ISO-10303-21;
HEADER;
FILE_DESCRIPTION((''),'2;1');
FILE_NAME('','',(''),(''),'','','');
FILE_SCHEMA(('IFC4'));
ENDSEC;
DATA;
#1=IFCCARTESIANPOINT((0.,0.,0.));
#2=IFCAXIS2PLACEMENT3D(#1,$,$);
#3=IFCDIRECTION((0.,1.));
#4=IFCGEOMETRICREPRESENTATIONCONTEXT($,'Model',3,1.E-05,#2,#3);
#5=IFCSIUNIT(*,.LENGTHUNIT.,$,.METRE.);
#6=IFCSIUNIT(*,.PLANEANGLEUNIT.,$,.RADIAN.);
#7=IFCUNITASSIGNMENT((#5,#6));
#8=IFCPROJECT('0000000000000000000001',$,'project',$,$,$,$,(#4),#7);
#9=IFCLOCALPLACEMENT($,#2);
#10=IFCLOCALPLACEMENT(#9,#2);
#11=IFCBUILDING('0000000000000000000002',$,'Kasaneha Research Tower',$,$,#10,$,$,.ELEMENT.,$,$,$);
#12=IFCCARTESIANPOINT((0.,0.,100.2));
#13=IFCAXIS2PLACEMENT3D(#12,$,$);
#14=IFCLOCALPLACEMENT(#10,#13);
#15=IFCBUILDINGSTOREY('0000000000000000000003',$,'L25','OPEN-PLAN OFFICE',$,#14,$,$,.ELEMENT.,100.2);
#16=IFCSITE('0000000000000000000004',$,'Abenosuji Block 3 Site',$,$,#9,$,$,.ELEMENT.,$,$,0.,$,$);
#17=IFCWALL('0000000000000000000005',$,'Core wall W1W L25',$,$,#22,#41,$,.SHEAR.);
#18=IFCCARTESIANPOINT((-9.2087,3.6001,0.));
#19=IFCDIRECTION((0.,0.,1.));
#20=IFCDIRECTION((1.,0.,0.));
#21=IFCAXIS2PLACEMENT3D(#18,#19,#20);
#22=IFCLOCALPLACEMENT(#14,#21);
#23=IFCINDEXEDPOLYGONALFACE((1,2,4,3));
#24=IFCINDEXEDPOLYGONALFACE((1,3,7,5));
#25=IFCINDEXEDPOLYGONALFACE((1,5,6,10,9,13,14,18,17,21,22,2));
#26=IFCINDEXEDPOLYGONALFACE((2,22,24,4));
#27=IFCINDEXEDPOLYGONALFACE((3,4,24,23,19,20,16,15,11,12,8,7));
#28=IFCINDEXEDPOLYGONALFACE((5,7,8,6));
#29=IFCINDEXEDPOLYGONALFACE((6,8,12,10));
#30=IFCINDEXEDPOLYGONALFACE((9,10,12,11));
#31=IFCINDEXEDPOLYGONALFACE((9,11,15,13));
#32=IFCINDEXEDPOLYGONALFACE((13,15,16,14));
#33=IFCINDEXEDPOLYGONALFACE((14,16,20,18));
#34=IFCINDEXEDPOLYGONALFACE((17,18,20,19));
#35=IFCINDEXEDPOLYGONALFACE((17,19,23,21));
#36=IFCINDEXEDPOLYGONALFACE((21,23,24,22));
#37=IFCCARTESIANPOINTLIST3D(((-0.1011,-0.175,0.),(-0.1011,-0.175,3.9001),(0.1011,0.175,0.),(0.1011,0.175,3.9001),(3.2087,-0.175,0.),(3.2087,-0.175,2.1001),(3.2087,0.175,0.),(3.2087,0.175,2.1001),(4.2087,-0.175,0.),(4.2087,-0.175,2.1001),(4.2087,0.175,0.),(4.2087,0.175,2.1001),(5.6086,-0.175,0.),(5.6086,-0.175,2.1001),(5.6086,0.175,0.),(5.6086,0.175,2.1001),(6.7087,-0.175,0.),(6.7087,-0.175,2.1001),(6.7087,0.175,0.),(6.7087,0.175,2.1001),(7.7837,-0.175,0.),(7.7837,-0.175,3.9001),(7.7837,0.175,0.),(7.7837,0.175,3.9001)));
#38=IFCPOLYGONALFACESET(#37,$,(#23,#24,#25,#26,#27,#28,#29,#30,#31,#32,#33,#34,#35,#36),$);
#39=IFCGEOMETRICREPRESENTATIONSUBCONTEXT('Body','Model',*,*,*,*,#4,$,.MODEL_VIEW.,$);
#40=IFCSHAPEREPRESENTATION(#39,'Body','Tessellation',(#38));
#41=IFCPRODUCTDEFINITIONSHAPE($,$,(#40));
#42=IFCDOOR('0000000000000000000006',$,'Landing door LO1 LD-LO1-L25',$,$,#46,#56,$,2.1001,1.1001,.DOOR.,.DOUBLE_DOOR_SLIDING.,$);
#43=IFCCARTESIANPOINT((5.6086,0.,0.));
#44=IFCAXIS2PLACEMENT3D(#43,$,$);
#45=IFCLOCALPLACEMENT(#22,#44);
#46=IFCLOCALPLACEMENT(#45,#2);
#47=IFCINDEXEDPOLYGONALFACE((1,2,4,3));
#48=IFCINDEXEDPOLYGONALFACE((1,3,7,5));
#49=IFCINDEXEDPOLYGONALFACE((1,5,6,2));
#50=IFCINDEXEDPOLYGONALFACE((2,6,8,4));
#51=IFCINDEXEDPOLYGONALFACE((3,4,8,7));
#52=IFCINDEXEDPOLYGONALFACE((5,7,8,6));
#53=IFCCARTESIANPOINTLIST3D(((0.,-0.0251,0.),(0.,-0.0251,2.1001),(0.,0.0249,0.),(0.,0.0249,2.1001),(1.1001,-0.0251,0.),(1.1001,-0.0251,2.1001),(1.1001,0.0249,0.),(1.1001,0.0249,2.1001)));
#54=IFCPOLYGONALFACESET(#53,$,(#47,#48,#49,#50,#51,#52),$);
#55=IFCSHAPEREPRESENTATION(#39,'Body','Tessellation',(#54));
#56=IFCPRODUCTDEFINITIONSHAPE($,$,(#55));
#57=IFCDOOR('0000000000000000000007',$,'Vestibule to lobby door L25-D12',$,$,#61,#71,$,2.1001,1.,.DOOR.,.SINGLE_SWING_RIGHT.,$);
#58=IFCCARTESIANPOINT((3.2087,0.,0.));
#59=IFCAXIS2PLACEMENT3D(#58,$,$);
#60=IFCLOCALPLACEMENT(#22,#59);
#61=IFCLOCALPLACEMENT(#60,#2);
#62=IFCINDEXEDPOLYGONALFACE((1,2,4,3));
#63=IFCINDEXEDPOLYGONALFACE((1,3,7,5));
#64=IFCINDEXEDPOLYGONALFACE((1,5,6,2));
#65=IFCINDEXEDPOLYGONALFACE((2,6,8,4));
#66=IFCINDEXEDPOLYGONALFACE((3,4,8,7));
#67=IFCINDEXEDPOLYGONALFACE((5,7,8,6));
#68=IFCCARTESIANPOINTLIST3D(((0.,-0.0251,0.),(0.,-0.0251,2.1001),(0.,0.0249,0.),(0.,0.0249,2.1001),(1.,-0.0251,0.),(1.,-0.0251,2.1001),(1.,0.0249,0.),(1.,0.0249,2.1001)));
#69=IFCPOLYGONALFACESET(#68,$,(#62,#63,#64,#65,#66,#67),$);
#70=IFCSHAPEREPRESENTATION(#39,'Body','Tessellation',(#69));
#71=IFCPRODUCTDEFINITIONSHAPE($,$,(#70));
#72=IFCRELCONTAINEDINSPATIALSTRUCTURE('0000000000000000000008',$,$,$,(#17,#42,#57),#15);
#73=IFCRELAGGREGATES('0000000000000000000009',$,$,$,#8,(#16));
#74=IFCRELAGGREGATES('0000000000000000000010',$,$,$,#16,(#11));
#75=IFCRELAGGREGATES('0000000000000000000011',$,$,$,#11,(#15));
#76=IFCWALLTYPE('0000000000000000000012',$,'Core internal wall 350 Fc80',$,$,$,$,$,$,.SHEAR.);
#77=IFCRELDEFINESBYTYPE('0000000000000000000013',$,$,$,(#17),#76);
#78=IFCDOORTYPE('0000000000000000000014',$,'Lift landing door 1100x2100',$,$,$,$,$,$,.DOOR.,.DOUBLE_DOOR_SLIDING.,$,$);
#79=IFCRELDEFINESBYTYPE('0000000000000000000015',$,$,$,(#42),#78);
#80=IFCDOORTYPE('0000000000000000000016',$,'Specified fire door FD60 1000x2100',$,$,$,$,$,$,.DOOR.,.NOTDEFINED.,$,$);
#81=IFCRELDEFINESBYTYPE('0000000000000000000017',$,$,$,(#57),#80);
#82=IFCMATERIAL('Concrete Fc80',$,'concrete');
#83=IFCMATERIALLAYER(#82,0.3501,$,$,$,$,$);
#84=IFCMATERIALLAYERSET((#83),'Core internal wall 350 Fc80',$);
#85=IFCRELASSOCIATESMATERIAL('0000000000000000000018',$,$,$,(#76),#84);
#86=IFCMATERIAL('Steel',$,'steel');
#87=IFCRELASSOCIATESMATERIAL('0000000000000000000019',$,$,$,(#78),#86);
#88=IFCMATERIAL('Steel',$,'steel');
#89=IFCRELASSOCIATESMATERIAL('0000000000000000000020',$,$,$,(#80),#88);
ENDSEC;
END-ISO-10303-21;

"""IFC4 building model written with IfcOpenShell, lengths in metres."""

from ifc_helpers import new_model, si_unit, direction, frame, frame_2d, origin, place, context, subcontext, project, spatial, polyline, rectangle, outline, extrude, material, layer, layer_set, type_object, element, fill, save


model = new_model("IFC4")

# Units and contexts
model_context = context("Model", 3, precision=1e-05, world=origin(), true_north=direction((0.0, 1.0)))
body_context = subcontext(model_context, "Body", "Model", "MODEL_VIEW")
ifc_project = project(units=[si_unit("LENGTHUNIT", "METRE"), si_unit("PLANEANGLEUNIT", "RADIAN")], contexts=[model_context])

# Site, building, storey
site_placement = place(None, origin())
site = spatial("IfcSite", under=ifc_project, at=site_placement, Name="Abenosuji Block 3 Site", CompositionType="ELEMENT", RefElevation=0.0)
building_placement = place(site_placement, origin())
building = spatial("IfcBuilding", under=site, at=building_placement, Name="Kasaneha Research Tower", CompositionType="ELEMENT")
storey_placement = place(building_placement, frame((0.0, 0.0, 100.2)))
storey = spatial("IfcBuildingStorey", under=building, at=storey_placement, Name="L25", Description="OPEN-PLAN OFFICE", CompositionType="ELEMENT", Elevation=100.2)

# Wall, openings, doors
ifc_material_1 = material(Name="Concrete Fc80", Category="concrete")
ifc_layer_1 = layer(ifc_material_1, 0.3501)
ifc_layer_set_1 = layer_set([ifc_layer_1], Name="Core internal wall 350 Fc80")
wall_type_1 = type_object("IfcWallType", Name="Core internal wall 350 Fc80", PredefinedType="SHEAR", material=ifc_layer_set_1)
wall_1_placement = place(storey_placement, frame((-9.2087, 3.6001, 0.0), z_axis=(0.0, 0.0, 1.0), x_axis=(1.0, 0.0, 0.0)))
wall_1 = element("IfcWall", 1, at=wall_1_placement, inside=storey, type_object=wall_type_1, Name="Core wall W1W L25", PredefinedType="SHEAR", context=body_context, shape_type="SweptSolid", body=[
    extrude(outline(polyline([(-0.1011, -0.175), (3.2087, -0.175), (4.2087, -0.175), (5.6086, -0.175), (6.7087, -0.175), (7.7837, -0.175), (7.7837, 0.175), (6.7087, 0.175), (5.6086, 0.175), (4.2087, 0.175), (3.2087, 0.175), (0.1011, 0.175), (-0.1011, -0.175)])), origin(), (0.0, 0.0, 1.0), 3.9001),
])
opening_1_placement = place(wall_1_placement, frame((3.2087, 0.0, 0.0)))
opening_1 = element("IfcOpeningElement", 2, at=opening_1_placement, cuts=wall_1, PredefinedType="OPENING", context=body_context, shape_type="SweptSolid", body=[
    extrude(rectangle(XDim=1.0, YDim=2.1001, at=frame_2d((0.5, 1.05))), frame((0.0, 0.1851, 0.0), z_axis=(0.0, -1.0, 0.0), x_axis=(1.0, 0.0, 0.0)), (0.0, 0.0, 1.0), 0.3701),
])
opening_2_placement = place(wall_1_placement, frame((5.6086, 0.0, 0.0)))
opening_2 = element("IfcOpeningElement", 3, at=opening_2_placement, cuts=wall_1, PredefinedType="OPENING", context=body_context, shape_type="SweptSolid", body=[
    extrude(rectangle(XDim=1.1001, YDim=2.1001, at=frame_2d((0.55, 1.05))), frame((0.0, 0.1851, 0.0), z_axis=(0.0, -1.0, 0.0), x_axis=(1.0, 0.0, 0.0)), (0.0, 0.0, 1.0), 0.3701),
])
ifc_material_2 = material(Name="Steel", Category="steel")
door_type_1 = type_object("IfcDoorType", Name="Lift landing door 1100x2100", OperationType="DOUBLE_DOOR_SLIDING", PredefinedType="DOOR", material=ifc_material_2)
door_1_placement = place(opening_2_placement, origin())
door_1 = element("IfcDoor", 4, at=door_1_placement, inside=storey, type_object=door_type_1, Name="Landing door LO1 LD-LO1-L25", OperationType="DOUBLE_DOOR_SLIDING", OverallHeight=2.1001, OverallWidth=1.1001, PredefinedType="DOOR", context=body_context, shape_type="SweptSolid", body=[
    extrude(rectangle(XDim=1.1001, YDim=2.1001, at=frame_2d((0.55, 1.05))), frame((0.0, 0.0249, 0.0), z_axis=(0.0, -1.0, 0.0), x_axis=(1.0, 0.0, 0.0)), (0.0, 0.0, 1.0), 0.05),
])
fill(opening_2, door_1)
ifc_material_3 = material(Name="Steel", Category="steel")
door_type_2 = type_object("IfcDoorType", Name="Specified fire door FD60 1000x2100", OperationType="NOTDEFINED", PredefinedType="DOOR", material=ifc_material_3)
door_2_placement = place(opening_1_placement, origin())
door_2 = element("IfcDoor", 5, at=door_2_placement, inside=storey, type_object=door_type_2, Name="Vestibule to lobby door L25-D12", OperationType="SINGLE_SWING_RIGHT", OverallHeight=2.1001, OverallWidth=1.0, PredefinedType="DOOR", context=body_context, shape_type="SweptSolid", body=[
    extrude(rectangle(XDim=1.0, YDim=2.1001, at=frame_2d((0.5, 1.05))), frame((0.0, 0.0249, 0.0), z_axis=(0.0, -1.0, 0.0), x_axis=(1.0, 0.0, 0.0)), (0.0, 0.0, 1.0), 0.05),
])
fill(opening_1, door_2)

save(model, "model.ifc")
